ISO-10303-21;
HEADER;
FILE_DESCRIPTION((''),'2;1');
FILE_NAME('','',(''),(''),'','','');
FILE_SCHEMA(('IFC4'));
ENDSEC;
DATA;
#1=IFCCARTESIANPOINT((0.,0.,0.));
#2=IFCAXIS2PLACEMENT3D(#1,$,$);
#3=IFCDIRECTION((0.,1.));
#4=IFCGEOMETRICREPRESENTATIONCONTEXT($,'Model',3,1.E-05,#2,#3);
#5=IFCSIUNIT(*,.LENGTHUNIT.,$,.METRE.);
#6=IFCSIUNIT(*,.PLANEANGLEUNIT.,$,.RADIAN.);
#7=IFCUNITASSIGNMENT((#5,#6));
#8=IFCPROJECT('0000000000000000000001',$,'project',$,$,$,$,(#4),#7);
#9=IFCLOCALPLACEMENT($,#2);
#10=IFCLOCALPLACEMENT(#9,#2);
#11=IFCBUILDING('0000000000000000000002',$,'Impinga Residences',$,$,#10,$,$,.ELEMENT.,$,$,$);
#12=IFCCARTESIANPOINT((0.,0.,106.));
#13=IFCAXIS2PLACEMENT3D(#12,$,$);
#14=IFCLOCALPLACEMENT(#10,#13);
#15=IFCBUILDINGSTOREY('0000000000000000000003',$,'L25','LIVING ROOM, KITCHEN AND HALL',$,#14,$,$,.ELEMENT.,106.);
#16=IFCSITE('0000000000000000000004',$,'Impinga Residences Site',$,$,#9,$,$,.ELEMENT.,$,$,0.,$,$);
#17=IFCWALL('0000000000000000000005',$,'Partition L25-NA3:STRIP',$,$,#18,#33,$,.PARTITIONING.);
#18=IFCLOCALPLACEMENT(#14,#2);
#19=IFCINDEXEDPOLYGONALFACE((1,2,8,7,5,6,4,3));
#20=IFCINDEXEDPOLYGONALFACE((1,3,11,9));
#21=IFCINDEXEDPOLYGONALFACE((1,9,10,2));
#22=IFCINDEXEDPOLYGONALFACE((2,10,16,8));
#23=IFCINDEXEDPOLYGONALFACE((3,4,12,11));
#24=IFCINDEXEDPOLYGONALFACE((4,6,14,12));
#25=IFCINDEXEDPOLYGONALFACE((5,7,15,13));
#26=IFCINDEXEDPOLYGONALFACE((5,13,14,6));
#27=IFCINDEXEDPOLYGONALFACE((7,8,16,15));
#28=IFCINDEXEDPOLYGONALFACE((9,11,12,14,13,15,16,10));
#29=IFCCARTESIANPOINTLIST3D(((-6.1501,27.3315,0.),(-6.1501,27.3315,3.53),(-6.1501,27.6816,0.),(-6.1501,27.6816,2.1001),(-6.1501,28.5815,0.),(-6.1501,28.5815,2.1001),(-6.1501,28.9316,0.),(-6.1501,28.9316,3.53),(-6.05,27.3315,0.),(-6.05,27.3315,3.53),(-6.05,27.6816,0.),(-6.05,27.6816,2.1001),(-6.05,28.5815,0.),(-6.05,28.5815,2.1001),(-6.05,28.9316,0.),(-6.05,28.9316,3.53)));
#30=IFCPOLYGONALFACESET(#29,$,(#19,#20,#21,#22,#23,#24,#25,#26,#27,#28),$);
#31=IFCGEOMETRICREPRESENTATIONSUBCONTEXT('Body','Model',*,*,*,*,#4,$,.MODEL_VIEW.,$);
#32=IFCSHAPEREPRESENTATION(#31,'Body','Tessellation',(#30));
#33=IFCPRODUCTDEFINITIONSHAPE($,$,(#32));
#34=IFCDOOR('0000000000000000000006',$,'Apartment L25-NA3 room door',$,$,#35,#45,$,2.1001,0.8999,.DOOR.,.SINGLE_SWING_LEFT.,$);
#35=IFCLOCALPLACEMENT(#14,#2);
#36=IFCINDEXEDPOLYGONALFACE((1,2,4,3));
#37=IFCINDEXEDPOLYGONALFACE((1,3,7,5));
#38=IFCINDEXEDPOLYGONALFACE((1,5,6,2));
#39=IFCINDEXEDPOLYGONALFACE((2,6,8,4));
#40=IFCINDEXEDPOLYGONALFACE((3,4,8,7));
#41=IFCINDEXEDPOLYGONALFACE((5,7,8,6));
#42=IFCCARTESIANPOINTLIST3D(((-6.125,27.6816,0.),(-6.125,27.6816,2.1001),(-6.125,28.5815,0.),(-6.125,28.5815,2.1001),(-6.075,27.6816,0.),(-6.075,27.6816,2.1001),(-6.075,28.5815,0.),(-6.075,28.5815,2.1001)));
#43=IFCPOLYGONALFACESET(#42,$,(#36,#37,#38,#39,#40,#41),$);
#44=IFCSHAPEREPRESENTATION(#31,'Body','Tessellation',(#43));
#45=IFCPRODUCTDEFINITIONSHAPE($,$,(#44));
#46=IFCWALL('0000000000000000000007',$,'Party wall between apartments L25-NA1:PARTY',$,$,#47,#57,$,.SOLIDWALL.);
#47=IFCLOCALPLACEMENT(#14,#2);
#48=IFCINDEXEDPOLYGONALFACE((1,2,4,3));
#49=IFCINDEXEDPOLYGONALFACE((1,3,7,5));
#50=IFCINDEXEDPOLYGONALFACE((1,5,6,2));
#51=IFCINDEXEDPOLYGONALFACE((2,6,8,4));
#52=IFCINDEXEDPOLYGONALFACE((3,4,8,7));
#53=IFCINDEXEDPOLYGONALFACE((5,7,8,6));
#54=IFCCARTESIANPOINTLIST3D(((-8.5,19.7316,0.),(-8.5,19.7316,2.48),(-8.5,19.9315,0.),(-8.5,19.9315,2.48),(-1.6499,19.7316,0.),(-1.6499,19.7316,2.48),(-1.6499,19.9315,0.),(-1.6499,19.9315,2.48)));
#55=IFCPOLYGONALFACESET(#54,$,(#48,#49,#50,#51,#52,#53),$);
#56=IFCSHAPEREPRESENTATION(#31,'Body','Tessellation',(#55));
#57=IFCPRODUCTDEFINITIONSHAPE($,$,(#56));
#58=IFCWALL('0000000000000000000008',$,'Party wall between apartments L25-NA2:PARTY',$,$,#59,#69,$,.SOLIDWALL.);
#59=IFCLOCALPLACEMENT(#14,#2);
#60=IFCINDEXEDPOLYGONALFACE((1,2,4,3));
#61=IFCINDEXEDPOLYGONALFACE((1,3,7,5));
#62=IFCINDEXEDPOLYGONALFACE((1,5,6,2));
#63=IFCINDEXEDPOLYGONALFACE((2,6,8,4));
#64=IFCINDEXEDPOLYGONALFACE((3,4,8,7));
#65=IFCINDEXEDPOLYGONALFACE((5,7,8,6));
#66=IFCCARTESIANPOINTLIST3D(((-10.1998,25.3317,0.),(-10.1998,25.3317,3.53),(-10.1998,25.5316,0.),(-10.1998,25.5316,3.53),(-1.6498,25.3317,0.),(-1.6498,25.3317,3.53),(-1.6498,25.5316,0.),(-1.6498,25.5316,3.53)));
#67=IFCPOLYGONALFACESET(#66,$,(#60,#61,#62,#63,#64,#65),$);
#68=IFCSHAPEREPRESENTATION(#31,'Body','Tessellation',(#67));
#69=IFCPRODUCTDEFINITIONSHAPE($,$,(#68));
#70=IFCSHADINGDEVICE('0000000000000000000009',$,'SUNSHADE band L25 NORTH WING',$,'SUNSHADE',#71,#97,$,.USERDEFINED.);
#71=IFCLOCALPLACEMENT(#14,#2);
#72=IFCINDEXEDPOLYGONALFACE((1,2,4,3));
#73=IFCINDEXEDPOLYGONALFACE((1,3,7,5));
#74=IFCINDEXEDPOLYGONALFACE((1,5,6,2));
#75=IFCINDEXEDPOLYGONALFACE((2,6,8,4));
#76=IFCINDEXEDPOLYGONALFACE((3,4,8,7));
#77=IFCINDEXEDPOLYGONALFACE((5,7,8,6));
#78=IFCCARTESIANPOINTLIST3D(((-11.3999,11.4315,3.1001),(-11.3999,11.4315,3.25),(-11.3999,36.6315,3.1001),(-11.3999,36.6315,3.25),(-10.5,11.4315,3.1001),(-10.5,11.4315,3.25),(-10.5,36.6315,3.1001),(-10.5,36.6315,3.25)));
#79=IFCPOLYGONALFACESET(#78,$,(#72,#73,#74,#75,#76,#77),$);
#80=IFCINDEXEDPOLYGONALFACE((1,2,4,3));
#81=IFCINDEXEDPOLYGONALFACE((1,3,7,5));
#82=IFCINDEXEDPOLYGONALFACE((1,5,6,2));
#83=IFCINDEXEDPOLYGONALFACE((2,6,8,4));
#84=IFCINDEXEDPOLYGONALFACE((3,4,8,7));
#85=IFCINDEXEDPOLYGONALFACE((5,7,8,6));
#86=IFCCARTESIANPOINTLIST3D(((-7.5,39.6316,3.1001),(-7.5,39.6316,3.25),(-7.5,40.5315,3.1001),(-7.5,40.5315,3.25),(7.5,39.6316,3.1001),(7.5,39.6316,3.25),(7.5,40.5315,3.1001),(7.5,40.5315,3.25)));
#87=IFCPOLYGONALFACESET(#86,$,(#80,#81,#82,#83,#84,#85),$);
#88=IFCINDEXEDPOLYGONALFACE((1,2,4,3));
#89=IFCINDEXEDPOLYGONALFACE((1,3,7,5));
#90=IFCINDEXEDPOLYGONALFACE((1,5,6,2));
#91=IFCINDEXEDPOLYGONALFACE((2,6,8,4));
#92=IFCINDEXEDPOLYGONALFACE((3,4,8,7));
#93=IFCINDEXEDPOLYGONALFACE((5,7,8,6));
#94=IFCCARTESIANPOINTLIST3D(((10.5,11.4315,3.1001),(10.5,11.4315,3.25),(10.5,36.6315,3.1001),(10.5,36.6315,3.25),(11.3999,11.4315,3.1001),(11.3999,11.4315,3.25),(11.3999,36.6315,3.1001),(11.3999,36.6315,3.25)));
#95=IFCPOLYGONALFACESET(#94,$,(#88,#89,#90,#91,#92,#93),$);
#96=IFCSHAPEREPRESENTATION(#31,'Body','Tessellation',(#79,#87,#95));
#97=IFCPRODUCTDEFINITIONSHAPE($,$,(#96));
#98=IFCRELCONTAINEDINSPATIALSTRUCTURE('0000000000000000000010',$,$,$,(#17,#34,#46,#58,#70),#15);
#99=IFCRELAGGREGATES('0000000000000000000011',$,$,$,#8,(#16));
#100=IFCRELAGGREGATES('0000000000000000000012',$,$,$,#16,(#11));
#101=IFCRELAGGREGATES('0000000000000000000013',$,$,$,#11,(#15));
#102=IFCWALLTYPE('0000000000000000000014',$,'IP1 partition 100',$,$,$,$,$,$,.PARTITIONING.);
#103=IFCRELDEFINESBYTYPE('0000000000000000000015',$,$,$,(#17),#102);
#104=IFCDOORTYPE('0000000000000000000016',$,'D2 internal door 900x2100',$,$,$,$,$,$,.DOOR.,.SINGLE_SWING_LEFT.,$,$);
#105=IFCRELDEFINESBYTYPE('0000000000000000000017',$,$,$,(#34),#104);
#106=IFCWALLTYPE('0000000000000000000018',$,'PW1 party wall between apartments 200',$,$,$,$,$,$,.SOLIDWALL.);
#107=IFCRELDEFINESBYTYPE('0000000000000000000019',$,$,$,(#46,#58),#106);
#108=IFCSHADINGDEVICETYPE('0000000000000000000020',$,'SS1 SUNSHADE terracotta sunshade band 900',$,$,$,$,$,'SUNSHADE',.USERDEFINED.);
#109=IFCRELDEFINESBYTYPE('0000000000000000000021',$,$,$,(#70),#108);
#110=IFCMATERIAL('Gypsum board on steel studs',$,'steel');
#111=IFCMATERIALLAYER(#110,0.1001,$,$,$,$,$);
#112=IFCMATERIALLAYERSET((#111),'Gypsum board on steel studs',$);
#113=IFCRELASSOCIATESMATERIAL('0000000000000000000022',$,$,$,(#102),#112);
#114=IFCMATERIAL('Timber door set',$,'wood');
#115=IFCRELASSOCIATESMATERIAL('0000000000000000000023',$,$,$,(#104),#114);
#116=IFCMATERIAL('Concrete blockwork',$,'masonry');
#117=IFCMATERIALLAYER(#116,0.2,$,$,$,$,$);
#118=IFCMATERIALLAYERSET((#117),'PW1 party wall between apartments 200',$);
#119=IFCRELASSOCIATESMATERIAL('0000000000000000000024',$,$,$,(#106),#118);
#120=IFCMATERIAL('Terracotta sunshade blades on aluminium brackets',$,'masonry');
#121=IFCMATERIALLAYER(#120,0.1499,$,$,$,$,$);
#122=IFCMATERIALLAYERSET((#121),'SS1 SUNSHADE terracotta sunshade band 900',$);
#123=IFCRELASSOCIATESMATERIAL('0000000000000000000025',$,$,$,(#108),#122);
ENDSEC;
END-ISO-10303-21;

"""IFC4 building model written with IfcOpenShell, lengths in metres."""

from ifc_helpers import new_model, si_unit, direction, frame, frame_2d, origin, origin_2d, place, context, subcontext, project, spatial, rectangle, extrude, material, layer, layer_set, type_object, element, fill, save


model = new_model("IFC4")

# Units and contexts
model_context = context("Model", 3, precision=1e-05, world=origin(), true_north=direction((0.0, 1.0)))
body_context = subcontext(model_context, "Body", "Model", "MODEL_VIEW")
ifc_project = project(units=[si_unit("LENGTHUNIT", "METRE"), si_unit("PLANEANGLEUNIT", "RADIAN")], contexts=[model_context])

# Site, building, storey
site_placement = place(None, origin())
site = spatial("IfcSite", under=ifc_project, at=site_placement, Name="Impinga Residences Site", CompositionType="ELEMENT", RefElevation=0.0)
building_placement = place(site_placement, origin())
building = spatial("IfcBuilding", under=site, at=building_placement, Name="Impinga Residences", CompositionType="ELEMENT")
storey_placement = place(building_placement, frame((0.0, 0.0, 106.0)))
storey = spatial("IfcBuildingStorey", under=building, at=storey_placement, Name="L25", Description="LIVING ROOM, KITCHEN AND HALL", CompositionType="ELEMENT", Elevation=106.0)

# Shared definitions
ifc_material_1 = material(Name="Gypsum board on steel studs", Category="steel")
ifc_layer_1 = layer(ifc_material_1, 0.1001)
ifc_layer_set_1 = layer_set([ifc_layer_1], Name="Gypsum board on steel studs")
wall_type_1 = type_object("IfcWallType", Name="IP1 partition 100", PredefinedType="PARTITIONING", material=ifc_layer_set_1)

# Shared definitions
ifc_material_2 = material(Name="Timber door set", Category="wood")
door_type = type_object("IfcDoorType", Name="D2 internal door 900x2100", OperationType="SINGLE_SWING_LEFT", PredefinedType="DOOR", material=ifc_material_2)

# Wall, opening, door
wall_1_placement = place(storey_placement, frame((-6.1001, 27.3315, 0.0), z_axis=(0.0, 0.0, 1.0), x_axis=(0.0, 1.0, 0.0)))
wall_1 = element("IfcWall", 1, at=wall_1_placement, inside=storey, type_object=wall_type_1, Name="Partition L25-NA3:STRIP", PredefinedType="PARTITIONING", context=body_context, shape_type="SweptSolid", body=[
    extrude(rectangle(XDim=1.6001, YDim=0.1001, at=frame_2d((0.8, 0.0))), origin(), (0.0, 0.0, 1.0), 3.53),
])
opening_1_placement = place(wall_1_placement, frame((0.3501, 0.0, 0.0)))
opening_1 = element("IfcOpeningElement", 2, at=opening_1_placement, cuts=wall_1, PredefinedType="OPENING", context=body_context, shape_type="SweptSolid", body=[
    extrude(rectangle(XDim=0.8999, YDim=2.1001, at=frame_2d((0.45, 1.05))), frame((0.0, 0.0601, 0.0), z_axis=(0.0, -1.0, 0.0), x_axis=(1.0, 0.0, 0.0)), (0.0, 0.0, 1.0), 0.1201),
])
door_1_placement = place(opening_1_placement, origin())
door_1 = element("IfcDoor", 3, at=door_1_placement, inside=storey, type_object=door_type, Name="Apartment L25-NA3 room door", OperationType="SINGLE_SWING_LEFT", OverallHeight=2.1001, OverallWidth=0.8999, PredefinedType="DOOR", context=body_context, shape_type="SweptSolid", body=[
    extrude(rectangle(XDim=0.8999, YDim=2.1001, at=frame_2d((0.45, 1.05))), frame((0.0, 0.0249, 0.0), z_axis=(0.0, -1.0, 0.0), x_axis=(1.0, 0.0, 0.0)), (0.0, 0.0, 1.0), 0.05),
])
fill(opening_1, door_1)

# Walls
ifc_material_3 = material(Name="Concrete blockwork", Category="masonry")
ifc_layer_2 = layer(ifc_material_3, 0.2)
ifc_layer_set_2 = layer_set([ifc_layer_2], Name="PW1 party wall between apartments 200")
wall_type_2 = type_object("IfcWallType", Name="PW1 party wall between apartments 200", PredefinedType="SOLIDWALL", material=ifc_layer_set_2)
wall_2_placement = place(storey_placement, frame((-1.6499, 19.8315, 0.0), z_axis=(0.0, 0.0, 1.0), x_axis=(-1.0, 0.0, 0.0)))
element("IfcWall", 4, at=wall_2_placement, inside=storey, type_object=wall_type_2, Name="Party wall between apartments L25-NA1:PARTY", PredefinedType="SOLIDWALL", context=body_context, shape_type="SweptSolid", body=[
    extrude(rectangle(XDim=6.8501, YDim=0.2, at=frame_2d((3.425, 0.0))), origin(), (0.0, 0.0, 1.0), 2.48),
])
wall_3_placement = place(storey_placement, frame((-1.6499, 25.4316, 0.0), z_axis=(0.0, 0.0, 1.0), x_axis=(-1.0, 0.0, 0.0)))
element("IfcWall", 5, at=wall_3_placement, inside=storey, type_object=wall_type_2, Name="Party wall between apartments L25-NA2:PARTY", PredefinedType="SOLIDWALL", context=body_context, shape_type="SweptSolid", body=[
    extrude(rectangle(XDim=8.55, YDim=0.2, at=frame_2d((4.2749, 0.0))), origin(), (0.0, 0.0, 1.0), 3.53),
])

# Shading device
ifc_material_4 = material(Name="Terracotta sunshade blades on aluminium brackets", Category="masonry")
ifc_layer_3 = layer(ifc_material_4, 0.1499)
ifc_layer_set_3 = layer_set([ifc_layer_3], Name="SS1 SUNSHADE terracotta sunshade band 900")
shading_device_type = type_object("IfcShadingDeviceType", Name="SS1 SUNSHADE terracotta sunshade band 900", ElementType="SUNSHADE", PredefinedType="USERDEFINED", material=ifc_layer_set_3)
shading_device_placement = place(storey_placement, frame((-10.95, 24.0315, 3.1001), z_axis=(0.0, 0.0, 1.0), x_axis=(0.0, 1.0, 0.0)))
element("IfcShadingDevice", 6, at=shading_device_placement, inside=storey, type_object=shading_device_type, Name="SUNSHADE band L25 NORTH WING", ObjectType="SUNSHADE", PredefinedType="USERDEFINED", context=body_context, shape_type="SweptSolid", body=[
    extrude(rectangle(XDim=25.2, YDim=0.8999, at=origin_2d()), origin(), (0.0, 0.0, 1.0), 0.1499),
    extrude(rectangle(XDim=15.0, YDim=0.8999, at=origin_2d()), frame((16.05, -10.95, 0.0), z_axis=(0.0, 0.0, 1.0), x_axis=(0.0, -1.0, 0.0)), (0.0, 0.0, 1.0), 0.1499),
    extrude(rectangle(XDim=25.2, YDim=0.8999, at=origin_2d()), frame((0.0, -21.8999, 0.0), z_axis=(0.0, 0.0, 1.0), x_axis=(-1.0, 0.0, 0.0)), (0.0, 0.0, 1.0), 0.1499),
])

save(model, "model.ifc")
